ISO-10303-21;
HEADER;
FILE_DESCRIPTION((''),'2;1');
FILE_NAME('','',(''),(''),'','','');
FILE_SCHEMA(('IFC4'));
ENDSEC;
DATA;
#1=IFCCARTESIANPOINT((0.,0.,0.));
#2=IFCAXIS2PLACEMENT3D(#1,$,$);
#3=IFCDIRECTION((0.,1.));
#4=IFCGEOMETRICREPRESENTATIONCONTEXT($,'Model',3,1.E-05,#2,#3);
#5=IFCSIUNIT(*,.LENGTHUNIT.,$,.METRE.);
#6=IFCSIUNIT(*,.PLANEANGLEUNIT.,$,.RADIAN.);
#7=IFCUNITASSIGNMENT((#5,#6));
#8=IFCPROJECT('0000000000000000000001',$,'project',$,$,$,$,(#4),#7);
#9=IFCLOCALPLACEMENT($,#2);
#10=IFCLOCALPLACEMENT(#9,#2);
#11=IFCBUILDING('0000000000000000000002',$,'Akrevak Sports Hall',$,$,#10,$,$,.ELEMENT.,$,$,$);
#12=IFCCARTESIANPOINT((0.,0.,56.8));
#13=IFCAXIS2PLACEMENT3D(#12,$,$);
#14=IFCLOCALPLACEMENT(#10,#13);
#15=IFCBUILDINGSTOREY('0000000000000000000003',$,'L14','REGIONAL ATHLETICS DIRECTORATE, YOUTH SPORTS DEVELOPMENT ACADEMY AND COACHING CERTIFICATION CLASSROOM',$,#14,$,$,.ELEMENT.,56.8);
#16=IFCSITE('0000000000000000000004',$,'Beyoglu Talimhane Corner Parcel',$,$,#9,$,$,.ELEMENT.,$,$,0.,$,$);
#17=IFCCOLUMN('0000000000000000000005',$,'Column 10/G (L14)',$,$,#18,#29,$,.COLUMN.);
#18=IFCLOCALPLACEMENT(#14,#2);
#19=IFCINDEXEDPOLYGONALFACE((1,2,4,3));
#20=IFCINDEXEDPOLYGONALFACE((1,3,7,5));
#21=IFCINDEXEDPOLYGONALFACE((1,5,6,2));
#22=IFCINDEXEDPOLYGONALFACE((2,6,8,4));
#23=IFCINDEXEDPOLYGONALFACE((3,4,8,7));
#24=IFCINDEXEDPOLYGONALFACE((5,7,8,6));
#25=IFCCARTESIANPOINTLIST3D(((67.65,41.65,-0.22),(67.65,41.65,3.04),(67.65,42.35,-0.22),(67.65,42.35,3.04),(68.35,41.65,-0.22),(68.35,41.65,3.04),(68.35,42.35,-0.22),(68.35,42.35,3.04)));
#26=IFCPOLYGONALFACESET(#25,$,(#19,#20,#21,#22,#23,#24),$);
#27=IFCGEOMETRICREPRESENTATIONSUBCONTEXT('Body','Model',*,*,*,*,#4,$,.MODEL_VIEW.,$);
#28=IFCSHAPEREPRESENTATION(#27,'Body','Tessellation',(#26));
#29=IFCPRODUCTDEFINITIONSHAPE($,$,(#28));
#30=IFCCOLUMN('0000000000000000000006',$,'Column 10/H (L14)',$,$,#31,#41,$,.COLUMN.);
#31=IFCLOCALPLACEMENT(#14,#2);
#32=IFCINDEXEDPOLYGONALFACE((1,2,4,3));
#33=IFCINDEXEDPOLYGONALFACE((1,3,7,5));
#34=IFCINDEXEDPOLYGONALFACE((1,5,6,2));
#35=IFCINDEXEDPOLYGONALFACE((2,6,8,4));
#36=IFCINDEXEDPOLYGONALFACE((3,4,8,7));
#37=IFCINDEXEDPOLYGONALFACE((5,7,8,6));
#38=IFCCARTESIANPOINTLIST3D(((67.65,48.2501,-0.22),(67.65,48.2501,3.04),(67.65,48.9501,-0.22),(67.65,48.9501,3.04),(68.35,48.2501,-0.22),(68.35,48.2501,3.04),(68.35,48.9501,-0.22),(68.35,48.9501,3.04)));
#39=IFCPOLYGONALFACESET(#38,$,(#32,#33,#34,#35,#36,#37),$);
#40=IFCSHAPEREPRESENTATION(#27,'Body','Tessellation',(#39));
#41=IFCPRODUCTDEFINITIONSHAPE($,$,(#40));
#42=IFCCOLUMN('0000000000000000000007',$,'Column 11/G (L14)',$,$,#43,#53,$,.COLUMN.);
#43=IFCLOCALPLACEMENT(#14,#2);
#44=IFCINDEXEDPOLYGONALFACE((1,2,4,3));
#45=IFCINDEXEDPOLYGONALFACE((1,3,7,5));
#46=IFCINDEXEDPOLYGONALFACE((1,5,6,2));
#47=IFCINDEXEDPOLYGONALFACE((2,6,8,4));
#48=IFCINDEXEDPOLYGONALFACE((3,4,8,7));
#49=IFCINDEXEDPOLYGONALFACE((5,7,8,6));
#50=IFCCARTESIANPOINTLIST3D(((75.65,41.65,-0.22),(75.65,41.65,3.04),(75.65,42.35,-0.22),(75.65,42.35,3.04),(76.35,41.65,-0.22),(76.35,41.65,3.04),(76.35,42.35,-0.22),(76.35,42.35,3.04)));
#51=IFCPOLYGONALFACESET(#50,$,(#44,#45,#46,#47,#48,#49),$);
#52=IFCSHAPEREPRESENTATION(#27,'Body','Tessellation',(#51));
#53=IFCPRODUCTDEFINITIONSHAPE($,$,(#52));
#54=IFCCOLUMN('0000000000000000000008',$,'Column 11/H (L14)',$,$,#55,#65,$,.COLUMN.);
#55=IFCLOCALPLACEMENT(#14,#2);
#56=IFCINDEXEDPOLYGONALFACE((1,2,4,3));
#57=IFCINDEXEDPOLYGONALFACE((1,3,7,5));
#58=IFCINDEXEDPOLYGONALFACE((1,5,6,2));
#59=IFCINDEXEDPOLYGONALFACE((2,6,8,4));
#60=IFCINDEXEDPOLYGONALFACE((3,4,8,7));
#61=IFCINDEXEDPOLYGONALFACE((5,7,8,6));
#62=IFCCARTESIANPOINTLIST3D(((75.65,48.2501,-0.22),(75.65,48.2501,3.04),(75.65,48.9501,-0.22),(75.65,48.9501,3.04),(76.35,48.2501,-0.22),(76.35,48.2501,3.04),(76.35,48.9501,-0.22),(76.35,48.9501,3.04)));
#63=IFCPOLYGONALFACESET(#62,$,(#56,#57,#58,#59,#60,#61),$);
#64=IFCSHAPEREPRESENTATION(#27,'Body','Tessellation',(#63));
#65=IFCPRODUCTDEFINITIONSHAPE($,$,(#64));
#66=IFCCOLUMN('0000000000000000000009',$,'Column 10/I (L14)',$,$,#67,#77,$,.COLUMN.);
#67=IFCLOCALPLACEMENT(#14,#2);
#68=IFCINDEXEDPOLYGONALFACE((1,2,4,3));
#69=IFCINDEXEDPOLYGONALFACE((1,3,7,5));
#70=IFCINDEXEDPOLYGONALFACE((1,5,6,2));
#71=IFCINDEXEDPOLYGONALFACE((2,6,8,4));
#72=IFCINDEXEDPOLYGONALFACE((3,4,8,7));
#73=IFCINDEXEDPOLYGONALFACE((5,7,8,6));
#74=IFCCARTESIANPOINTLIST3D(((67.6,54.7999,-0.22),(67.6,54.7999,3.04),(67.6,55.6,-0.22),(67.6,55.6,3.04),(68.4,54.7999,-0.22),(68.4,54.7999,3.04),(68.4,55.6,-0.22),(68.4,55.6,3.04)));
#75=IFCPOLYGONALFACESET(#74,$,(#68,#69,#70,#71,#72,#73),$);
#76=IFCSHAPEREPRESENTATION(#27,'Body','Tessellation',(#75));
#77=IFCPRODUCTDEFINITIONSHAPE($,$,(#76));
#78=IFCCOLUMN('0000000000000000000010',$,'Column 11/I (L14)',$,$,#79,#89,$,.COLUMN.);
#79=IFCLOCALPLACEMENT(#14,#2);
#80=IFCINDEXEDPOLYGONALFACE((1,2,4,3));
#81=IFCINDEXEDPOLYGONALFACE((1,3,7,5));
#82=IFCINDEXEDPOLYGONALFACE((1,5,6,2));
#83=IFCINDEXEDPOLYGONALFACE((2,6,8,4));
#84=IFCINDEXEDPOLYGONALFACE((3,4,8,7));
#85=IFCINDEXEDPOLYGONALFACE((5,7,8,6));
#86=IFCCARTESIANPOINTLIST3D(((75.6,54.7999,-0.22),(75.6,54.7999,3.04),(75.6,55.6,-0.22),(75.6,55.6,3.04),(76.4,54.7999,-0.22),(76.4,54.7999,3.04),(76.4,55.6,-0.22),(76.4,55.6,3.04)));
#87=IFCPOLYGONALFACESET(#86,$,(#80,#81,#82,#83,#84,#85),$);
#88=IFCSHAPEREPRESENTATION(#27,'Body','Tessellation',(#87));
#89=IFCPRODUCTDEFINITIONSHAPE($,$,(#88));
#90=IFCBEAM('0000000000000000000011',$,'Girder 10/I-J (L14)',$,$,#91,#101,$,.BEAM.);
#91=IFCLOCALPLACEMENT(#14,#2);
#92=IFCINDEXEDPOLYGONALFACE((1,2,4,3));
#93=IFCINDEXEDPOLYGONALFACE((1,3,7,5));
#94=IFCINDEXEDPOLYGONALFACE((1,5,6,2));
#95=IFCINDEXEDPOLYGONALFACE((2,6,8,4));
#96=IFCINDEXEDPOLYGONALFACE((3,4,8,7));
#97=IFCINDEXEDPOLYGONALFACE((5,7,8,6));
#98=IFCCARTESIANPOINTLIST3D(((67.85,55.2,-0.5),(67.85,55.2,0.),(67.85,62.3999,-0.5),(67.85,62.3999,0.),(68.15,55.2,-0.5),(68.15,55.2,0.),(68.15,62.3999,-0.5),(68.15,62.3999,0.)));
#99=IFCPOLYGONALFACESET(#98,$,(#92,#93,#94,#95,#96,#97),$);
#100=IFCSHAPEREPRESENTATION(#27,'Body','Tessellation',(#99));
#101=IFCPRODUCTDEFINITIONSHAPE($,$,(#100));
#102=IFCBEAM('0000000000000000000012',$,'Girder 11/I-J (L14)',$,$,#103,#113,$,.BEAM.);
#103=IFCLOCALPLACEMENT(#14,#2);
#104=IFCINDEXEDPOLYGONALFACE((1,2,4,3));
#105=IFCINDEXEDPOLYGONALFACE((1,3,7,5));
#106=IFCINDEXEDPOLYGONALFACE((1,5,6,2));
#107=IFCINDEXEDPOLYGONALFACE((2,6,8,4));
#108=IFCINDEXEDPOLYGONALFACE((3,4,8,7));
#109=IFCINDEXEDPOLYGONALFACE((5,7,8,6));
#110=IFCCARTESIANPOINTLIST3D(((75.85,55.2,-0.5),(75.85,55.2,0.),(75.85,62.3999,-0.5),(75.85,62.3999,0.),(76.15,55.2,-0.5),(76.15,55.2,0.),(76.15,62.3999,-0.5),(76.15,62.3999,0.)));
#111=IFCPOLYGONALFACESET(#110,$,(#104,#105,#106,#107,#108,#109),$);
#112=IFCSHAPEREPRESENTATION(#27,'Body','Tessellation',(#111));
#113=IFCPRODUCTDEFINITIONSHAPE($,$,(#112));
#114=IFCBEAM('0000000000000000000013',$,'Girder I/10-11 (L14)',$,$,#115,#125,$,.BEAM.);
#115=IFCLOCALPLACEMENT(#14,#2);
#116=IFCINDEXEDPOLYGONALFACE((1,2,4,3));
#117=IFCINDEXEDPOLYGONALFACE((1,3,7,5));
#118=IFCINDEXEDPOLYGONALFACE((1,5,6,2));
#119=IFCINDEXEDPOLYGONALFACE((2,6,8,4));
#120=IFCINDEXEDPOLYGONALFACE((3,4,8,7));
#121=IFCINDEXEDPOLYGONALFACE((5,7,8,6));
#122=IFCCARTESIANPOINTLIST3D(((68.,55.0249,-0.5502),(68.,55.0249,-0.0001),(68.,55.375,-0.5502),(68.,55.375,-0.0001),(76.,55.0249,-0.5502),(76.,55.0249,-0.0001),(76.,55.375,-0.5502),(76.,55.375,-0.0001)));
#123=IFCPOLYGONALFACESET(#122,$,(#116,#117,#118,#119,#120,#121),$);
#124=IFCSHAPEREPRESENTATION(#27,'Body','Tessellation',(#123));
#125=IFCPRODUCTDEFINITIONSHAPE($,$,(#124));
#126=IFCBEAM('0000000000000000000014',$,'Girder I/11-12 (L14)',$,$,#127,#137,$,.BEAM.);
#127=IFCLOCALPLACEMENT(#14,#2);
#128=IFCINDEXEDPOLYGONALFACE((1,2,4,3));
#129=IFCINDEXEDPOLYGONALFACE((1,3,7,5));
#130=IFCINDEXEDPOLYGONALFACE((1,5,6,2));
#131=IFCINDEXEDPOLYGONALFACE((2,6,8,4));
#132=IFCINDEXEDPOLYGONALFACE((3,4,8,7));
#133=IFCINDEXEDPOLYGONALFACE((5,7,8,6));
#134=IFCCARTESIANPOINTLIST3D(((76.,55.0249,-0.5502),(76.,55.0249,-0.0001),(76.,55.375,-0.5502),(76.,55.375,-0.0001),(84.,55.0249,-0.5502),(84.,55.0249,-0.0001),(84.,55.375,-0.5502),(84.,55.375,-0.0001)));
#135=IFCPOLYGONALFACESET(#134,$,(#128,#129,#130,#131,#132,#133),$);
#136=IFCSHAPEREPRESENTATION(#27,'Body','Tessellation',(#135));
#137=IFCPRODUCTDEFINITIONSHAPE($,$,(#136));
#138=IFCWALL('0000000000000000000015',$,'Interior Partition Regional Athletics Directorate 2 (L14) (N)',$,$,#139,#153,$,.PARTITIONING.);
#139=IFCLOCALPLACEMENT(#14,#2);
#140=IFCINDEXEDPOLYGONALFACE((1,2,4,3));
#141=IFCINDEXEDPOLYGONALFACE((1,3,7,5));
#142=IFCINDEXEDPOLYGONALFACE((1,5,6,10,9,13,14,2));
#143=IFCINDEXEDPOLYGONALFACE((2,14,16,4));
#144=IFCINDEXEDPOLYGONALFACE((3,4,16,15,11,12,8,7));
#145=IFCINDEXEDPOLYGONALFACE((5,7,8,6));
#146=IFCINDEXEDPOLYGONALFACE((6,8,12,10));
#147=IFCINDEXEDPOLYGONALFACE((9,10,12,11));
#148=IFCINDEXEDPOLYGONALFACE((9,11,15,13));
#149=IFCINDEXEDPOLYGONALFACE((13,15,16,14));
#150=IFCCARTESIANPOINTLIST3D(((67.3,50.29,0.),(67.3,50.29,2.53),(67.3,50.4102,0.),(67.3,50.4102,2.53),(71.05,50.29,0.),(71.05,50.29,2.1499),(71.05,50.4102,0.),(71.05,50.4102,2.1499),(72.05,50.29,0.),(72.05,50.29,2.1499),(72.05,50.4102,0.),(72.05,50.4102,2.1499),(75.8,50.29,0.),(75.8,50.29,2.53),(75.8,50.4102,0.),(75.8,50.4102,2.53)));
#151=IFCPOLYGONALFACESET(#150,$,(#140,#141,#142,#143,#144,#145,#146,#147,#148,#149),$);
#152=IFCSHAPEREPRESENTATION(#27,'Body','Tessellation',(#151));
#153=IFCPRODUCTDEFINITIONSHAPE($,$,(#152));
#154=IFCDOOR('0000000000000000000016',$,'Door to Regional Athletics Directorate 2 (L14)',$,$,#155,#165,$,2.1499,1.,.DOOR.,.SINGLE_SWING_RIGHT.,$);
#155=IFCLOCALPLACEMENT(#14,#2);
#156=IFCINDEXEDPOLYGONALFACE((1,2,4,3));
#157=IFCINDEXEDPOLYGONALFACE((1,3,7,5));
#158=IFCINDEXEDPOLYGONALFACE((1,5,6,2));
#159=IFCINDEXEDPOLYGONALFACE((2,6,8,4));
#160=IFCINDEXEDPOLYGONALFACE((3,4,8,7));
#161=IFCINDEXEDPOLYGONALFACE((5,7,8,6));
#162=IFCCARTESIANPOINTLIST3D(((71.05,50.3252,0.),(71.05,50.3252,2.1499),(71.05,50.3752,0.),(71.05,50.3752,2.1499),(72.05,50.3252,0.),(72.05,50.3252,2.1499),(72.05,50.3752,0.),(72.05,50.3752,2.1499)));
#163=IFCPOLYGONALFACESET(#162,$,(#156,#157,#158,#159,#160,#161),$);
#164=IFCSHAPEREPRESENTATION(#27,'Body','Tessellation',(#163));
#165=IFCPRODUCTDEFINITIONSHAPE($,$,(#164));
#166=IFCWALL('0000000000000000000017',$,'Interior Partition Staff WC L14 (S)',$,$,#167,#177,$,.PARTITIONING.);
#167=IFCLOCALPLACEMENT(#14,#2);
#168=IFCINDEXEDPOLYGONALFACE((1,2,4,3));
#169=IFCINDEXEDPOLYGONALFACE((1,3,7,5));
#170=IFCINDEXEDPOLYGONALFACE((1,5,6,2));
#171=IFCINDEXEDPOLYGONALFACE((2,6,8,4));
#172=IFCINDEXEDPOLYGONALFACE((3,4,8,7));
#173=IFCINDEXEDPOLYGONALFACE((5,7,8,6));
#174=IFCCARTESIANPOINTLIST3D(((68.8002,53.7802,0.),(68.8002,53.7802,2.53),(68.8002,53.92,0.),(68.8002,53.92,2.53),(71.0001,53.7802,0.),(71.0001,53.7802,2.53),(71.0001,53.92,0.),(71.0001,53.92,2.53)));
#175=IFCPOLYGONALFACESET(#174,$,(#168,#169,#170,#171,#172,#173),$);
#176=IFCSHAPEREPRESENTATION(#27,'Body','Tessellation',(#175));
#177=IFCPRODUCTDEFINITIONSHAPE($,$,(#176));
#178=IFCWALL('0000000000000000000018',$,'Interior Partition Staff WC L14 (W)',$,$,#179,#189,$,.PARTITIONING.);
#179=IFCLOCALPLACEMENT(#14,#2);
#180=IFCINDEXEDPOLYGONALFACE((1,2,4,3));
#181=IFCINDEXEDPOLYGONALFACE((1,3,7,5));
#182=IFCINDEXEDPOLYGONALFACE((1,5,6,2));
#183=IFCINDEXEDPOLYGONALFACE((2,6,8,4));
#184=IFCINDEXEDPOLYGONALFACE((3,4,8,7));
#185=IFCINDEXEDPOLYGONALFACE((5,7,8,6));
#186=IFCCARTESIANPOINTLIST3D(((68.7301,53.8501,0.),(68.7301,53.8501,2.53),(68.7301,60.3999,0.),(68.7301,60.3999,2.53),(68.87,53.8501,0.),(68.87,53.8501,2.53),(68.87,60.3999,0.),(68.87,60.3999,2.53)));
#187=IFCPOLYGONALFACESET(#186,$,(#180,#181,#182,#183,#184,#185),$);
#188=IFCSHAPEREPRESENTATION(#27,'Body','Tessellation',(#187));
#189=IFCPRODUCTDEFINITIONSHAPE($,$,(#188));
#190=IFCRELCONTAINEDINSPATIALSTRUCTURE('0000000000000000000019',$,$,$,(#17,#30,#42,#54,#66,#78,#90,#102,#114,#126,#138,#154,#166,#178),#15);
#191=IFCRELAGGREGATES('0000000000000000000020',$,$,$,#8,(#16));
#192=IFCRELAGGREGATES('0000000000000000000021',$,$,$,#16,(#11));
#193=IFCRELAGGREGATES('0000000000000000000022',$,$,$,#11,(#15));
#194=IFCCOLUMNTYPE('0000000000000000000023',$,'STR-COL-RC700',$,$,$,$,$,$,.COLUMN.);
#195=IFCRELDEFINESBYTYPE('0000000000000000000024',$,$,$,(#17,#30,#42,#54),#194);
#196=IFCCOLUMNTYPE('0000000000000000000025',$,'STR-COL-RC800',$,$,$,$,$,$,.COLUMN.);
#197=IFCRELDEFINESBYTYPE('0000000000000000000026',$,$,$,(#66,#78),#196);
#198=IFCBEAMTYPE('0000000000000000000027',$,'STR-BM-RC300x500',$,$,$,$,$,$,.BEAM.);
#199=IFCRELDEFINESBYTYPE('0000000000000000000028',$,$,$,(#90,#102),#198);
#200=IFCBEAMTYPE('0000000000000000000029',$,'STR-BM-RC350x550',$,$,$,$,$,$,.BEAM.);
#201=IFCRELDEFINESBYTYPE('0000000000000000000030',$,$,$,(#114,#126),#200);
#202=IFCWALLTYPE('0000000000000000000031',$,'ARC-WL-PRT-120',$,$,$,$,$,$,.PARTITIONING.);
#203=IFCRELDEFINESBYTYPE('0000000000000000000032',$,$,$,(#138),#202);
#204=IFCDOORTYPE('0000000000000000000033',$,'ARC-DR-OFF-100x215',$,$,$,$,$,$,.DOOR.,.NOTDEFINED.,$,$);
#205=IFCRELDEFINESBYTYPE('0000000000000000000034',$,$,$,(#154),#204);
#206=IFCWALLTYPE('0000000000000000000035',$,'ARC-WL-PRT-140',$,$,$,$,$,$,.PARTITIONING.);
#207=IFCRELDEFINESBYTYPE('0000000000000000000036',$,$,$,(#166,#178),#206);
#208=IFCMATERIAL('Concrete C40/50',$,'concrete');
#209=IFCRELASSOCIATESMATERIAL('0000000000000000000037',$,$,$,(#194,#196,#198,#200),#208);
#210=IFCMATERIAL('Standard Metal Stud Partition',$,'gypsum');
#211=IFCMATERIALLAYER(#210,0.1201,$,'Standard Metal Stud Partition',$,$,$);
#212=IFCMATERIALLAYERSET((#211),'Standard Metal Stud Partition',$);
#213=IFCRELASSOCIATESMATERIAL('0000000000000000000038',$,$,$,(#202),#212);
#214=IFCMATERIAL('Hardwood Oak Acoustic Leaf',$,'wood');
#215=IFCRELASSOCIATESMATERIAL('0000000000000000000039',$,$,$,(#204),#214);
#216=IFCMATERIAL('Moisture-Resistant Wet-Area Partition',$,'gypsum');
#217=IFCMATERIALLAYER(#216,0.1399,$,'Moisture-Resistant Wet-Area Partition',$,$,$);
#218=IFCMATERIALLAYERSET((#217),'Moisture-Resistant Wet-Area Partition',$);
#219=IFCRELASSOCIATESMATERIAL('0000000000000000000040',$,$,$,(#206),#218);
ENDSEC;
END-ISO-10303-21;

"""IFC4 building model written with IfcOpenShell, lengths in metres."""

from ifc_helpers import new_model, si_unit, direction, frame, frame_2d, origin, origin_2d, place, context, subcontext, project, spatial, rectangle, extrude, material, layer, layer_set, material_profile, profile_set, type_object, element, fill, save


model = new_model("IFC4")

# Units and contexts
model_context = context("Model", 3, precision=1e-05, world=origin(), true_north=direction((0.0, 1.0)))
body_context = subcontext(model_context, "Body", "Model", "MODEL_VIEW")
ifc_project = project(units=[si_unit("LENGTHUNIT", "METRE"), si_unit("PLANEANGLEUNIT", "RADIAN")], contexts=[model_context])

# Site, building, storey
site_placement = place(None, origin())
site = spatial("IfcSite", under=ifc_project, at=site_placement, Name="Beyoglu Talimhane Corner Parcel", CompositionType="ELEMENT", RefElevation=0.0)
building_placement = place(site_placement, origin())
building = spatial("IfcBuilding", under=site, at=building_placement, Name="Akrevak Sports Hall", CompositionType="ELEMENT")
storey_placement = place(building_placement, frame((0.0, 0.0, 56.8)))
storey = spatial("IfcBuildingStorey", under=building, at=storey_placement, Name="L14", Description="REGIONAL ATHLETICS DIRECTORATE, YOUTH SPORTS DEVELOPMENT ACADEMY AND COACHING CERTIFICATION CLASSROOM", CompositionType="ELEMENT", Elevation=56.8)

# Columns
ifc_material_1 = material(Name="Concrete C40/50", Category="concrete")
ifc_material_profile_1 = material_profile(ifc_material_1, rectangle(XDim=0.7, YDim=0.7, at=origin_2d()), Name="RC 700x700", Category="concrete")
ifc_profile_set_1 = profile_set([ifc_material_profile_1], Name="Concrete C40/50")
column_type_1 = type_object("IfcColumnType", Name="STR-COL-RC700", PredefinedType="COLUMN", material=ifc_profile_set_1)
for number, where, z_axis, x_axis, name in (
    (1, (68.0, 42.0, -0.22), (0.0, 0.0, 1.0), (1.0, 0.0, 0.0), "Column 10/G (L14)"),
    (2, (68.0, 48.6001, -0.22), (0.0, 0.0, 1.0), (1.0, 0.0, 0.0), "Column 10/H (L14)"),
    (3, (76.0, 42.0, -0.22), (0.0, 0.0, 1.0), (1.0, 0.0, 0.0), "Column 11/G (L14)"),
    (4, (76.0, 48.6001, -0.22), (0.0, 0.0, 1.0), (1.0, 0.0, 0.0), "Column 11/H (L14)"),
):
    element("IfcColumn", number, at=place(storey_placement, frame(where, z_axis=z_axis, x_axis=x_axis)), inside=storey, type_object=column_type_1, Name=name, PredefinedType="COLUMN", context=body_context, shape_type="SweptSolid", body=[
        extrude(rectangle(XDim=0.7, YDim=0.7, at=origin_2d()), origin(), (0.0, 0.0, 1.0), 3.26),
    ])
ifc_material_profile_2 = material_profile(ifc_material_1, rectangle(XDim=0.8, YDim=0.8, at=origin_2d()), Name="RC 800x800", Category="concrete")
ifc_profile_set_2 = profile_set([ifc_material_profile_2], Name="Concrete C40/50")
column_type_2 = type_object("IfcColumnType", Name="STR-COL-RC800", PredefinedType="COLUMN", material=ifc_profile_set_2)
for number, where, z_axis, x_axis, name in (
    (5, (68.0, 55.2, -0.22), (0.0, 0.0, 1.0), (1.0, 0.0, 0.0), "Column 10/I (L14)"),
    (6, (76.0, 55.2, -0.22), (0.0, 0.0, 1.0), (1.0, 0.0, 0.0), "Column 11/I (L14)"),
):
    element("IfcColumn", number, at=place(storey_placement, frame(where, z_axis=z_axis, x_axis=x_axis)), inside=storey, type_object=column_type_2, Name=name, PredefinedType="COLUMN", context=body_context, shape_type="SweptSolid", body=[
        extrude(rectangle(XDim=0.8, YDim=0.8, at=origin_2d()), origin(), (0.0, 0.0, 1.0), 3.26),
    ])

# Beams
ifc_material_profile_3 = material_profile(ifc_material_1, rectangle(XDim=0.3, YDim=0.5, at=origin_2d()), Name="BM 300x500", Category="concrete")
ifc_profile_set_3 = profile_set([ifc_material_profile_3], Name="Concrete C40/50")
beam_type_1 = type_object("IfcBeamType", Name="STR-BM-RC300x500", PredefinedType="BEAM", material=ifc_profile_set_3)
for number, where, z_axis, x_axis, name in (
    (7, (68.0, 55.2, -0.25), (0.0, 1.0, 0.0), (-1.0, 0.0, 0.0), "Girder 10/I-J (L14)"),
    (8, (76.0, 55.2, -0.25), (0.0, 1.0, 0.0), (-1.0, 0.0, 0.0), "Girder 11/I-J (L14)"),
):
    element("IfcBeam", number, at=place(storey_placement, frame(where, z_axis=z_axis, x_axis=x_axis)), inside=storey, type_object=beam_type_1, Name=name, PredefinedType="BEAM", context=body_context, shape_type="SweptSolid", body=[
        extrude(rectangle(XDim=0.3, YDim=0.5, at=origin_2d()), origin(), (0.0, 0.0, 1.0), 7.2),
    ])
ifc_material_profile_4 = material_profile(ifc_material_1, rectangle(XDim=0.3501, YDim=0.55, at=origin_2d()), Name="BM 350x550", Category="concrete")
ifc_profile_set_4 = profile_set([ifc_material_profile_4], Name="Concrete C40/50")
beam_type_2 = type_object("IfcBeamType", Name="STR-BM-RC350x550", PredefinedType="BEAM", material=ifc_profile_set_4)
for number, where, z_axis, x_axis, name in (
    (9, (68.0, 55.2, -0.2751), (1.0, 0.0, 0.0), (0.0, 1.0, 0.0), "Girder I/10-11 (L14)"),
    (10, (76.0, 55.2, -0.2751), (1.0, 0.0, 0.0), (0.0, 1.0, 0.0), "Girder I/11-12 (L14)"),
):
    element("IfcBeam", number, at=place(storey_placement, frame(where, z_axis=z_axis, x_axis=x_axis)), inside=storey, type_object=beam_type_2, Name=name, PredefinedType="BEAM", context=body_context, shape_type="SweptSolid", body=[
        extrude(rectangle(XDim=0.3501, YDim=0.55, at=origin_2d()), origin(), (0.0, 0.0, 1.0), 8.0),
    ])

# Wall, opening, door
ifc_material_2 = material(Name="Standard Metal Stud Partition", Category="gypsum")
ifc_layer_1 = layer(ifc_material_2, 0.1201, Name="Standard Metal Stud Partition")
ifc_layer_set_1 = layer_set([ifc_layer_1], Name="Standard Metal Stud Partition")
wall_type_1 = type_object("IfcWallType", Name="ARC-WL-PRT-120", PredefinedType="PARTITIONING", material=ifc_layer_set_1)
wall_1_placement = place(storey_placement, frame((67.3, 50.3501, 0.0), z_axis=(0.0, 0.0, 1.0), x_axis=(1.0, 0.0, 0.0)))
wall_1 = element("IfcWall", 11, at=wall_1_placement, inside=storey, type_object=wall_type_1, Name="Interior Partition Regional Athletics Directorate 2 (L14) (N)", PredefinedType="PARTITIONING", context=body_context, shape_type="SweptSolid", body=[
    extrude(rectangle(XDim=8.5, YDim=0.1201, at=frame_2d((4.25, 0.0))), origin(), (0.0, 0.0, 1.0), 2.53),
])
opening_1_placement = place(wall_1_placement, frame((3.75, 0.0, 0.0)))
opening_1 = element("IfcOpeningElement", 12, at=opening_1_placement, cuts=wall_1, PredefinedType="OPENING", context=body_context, shape_type="SweptSolid", body=[
    extrude(rectangle(XDim=1.0, YDim=2.1499, at=frame_2d((0.5, 1.075))), frame((0.0, 0.072, 0.0), z_axis=(0.0, -1.0, 0.0), x_axis=(1.0, 0.0, 0.0)), (0.0, 0.0, 1.0), 0.144),
])
ifc_material_3 = material(Name="Hardwood Oak Acoustic Leaf", Category="wood")
door_type_1 = type_object("IfcDoorType", Name="ARC-DR-OFF-100x215", OperationType="NOTDEFINED", PredefinedType="DOOR", material=ifc_material_3)
door_1_placement = place(opening_1_placement, frame((1.0, 0.0, 0.0), z_axis=(0.0, 0.0, 1.0), x_axis=(-1.0, 0.0, 0.0)))
door_1 = element("IfcDoor", 13, at=door_1_placement, inside=storey, type_object=door_type_1, Name="Door to Regional Athletics Directorate 2 (L14)", OperationType="SINGLE_SWING_RIGHT", OverallHeight=2.1499, OverallWidth=1.0, PredefinedType="DOOR", context=body_context, shape_type="SweptSolid", body=[
    extrude(rectangle(XDim=1.0, YDim=2.1499, at=frame_2d((0.5, 1.075))), frame((0.0, 0.0249, 0.0), z_axis=(0.0, -1.0, 0.0), x_axis=(1.0, 0.0, 0.0)), (0.0, 0.0, 1.0), 0.05),
])
fill(opening_1, door_1)

# Walls
ifc_material_4 = material(Name="Moisture-Resistant Wet-Area Partition", Category="gypsum")
ifc_layer_2 = layer(ifc_material_4, 0.1399, Name="Moisture-Resistant Wet-Area Partition")
ifc_layer_set_2 = layer_set([ifc_layer_2], Name="Moisture-Resistant Wet-Area Partition")
wall_type_2 = type_object("IfcWallType", Name="ARC-WL-PRT-140", PredefinedType="PARTITIONING", material=ifc_layer_set_2)
wall_2_placement = place(storey_placement, frame((68.8, 53.8501, 0.0), z_axis=(0.0, 0.0, 1.0), x_axis=(1.0, 0.0, 0.0)))
element("IfcWall", 14, at=wall_2_placement, inside=storey, type_object=wall_type_2, Name="Interior Partition Staff WC L14 (S)", PredefinedType="PARTITIONING", context=body_context, shape_type="SweptSolid", body=[
    extrude(rectangle(XDim=2.2, YDim=0.1399, at=frame_2d((1.1001, 0.0))), origin(), (0.0, 0.0, 1.0), 2.53),
])
wall_3_placement = place(storey_placement, frame((68.8, 53.8501, 0.0), z_axis=(0.0, 0.0, 1.0), x_axis=(0.0, 1.0, 0.0)))
element("IfcWall", 15, at=wall_3_placement, inside=storey, type_object=wall_type_2, Name="Interior Partition Staff WC L14 (W)", PredefinedType="PARTITIONING", context=body_context, shape_type="SweptSolid", body=[
    extrude(rectangle(XDim=6.5498, YDim=0.1399, at=frame_2d((3.2749, 0.0))), origin(), (0.0, 0.0, 1.0), 2.53),
])

save(model, "model.ifc")
